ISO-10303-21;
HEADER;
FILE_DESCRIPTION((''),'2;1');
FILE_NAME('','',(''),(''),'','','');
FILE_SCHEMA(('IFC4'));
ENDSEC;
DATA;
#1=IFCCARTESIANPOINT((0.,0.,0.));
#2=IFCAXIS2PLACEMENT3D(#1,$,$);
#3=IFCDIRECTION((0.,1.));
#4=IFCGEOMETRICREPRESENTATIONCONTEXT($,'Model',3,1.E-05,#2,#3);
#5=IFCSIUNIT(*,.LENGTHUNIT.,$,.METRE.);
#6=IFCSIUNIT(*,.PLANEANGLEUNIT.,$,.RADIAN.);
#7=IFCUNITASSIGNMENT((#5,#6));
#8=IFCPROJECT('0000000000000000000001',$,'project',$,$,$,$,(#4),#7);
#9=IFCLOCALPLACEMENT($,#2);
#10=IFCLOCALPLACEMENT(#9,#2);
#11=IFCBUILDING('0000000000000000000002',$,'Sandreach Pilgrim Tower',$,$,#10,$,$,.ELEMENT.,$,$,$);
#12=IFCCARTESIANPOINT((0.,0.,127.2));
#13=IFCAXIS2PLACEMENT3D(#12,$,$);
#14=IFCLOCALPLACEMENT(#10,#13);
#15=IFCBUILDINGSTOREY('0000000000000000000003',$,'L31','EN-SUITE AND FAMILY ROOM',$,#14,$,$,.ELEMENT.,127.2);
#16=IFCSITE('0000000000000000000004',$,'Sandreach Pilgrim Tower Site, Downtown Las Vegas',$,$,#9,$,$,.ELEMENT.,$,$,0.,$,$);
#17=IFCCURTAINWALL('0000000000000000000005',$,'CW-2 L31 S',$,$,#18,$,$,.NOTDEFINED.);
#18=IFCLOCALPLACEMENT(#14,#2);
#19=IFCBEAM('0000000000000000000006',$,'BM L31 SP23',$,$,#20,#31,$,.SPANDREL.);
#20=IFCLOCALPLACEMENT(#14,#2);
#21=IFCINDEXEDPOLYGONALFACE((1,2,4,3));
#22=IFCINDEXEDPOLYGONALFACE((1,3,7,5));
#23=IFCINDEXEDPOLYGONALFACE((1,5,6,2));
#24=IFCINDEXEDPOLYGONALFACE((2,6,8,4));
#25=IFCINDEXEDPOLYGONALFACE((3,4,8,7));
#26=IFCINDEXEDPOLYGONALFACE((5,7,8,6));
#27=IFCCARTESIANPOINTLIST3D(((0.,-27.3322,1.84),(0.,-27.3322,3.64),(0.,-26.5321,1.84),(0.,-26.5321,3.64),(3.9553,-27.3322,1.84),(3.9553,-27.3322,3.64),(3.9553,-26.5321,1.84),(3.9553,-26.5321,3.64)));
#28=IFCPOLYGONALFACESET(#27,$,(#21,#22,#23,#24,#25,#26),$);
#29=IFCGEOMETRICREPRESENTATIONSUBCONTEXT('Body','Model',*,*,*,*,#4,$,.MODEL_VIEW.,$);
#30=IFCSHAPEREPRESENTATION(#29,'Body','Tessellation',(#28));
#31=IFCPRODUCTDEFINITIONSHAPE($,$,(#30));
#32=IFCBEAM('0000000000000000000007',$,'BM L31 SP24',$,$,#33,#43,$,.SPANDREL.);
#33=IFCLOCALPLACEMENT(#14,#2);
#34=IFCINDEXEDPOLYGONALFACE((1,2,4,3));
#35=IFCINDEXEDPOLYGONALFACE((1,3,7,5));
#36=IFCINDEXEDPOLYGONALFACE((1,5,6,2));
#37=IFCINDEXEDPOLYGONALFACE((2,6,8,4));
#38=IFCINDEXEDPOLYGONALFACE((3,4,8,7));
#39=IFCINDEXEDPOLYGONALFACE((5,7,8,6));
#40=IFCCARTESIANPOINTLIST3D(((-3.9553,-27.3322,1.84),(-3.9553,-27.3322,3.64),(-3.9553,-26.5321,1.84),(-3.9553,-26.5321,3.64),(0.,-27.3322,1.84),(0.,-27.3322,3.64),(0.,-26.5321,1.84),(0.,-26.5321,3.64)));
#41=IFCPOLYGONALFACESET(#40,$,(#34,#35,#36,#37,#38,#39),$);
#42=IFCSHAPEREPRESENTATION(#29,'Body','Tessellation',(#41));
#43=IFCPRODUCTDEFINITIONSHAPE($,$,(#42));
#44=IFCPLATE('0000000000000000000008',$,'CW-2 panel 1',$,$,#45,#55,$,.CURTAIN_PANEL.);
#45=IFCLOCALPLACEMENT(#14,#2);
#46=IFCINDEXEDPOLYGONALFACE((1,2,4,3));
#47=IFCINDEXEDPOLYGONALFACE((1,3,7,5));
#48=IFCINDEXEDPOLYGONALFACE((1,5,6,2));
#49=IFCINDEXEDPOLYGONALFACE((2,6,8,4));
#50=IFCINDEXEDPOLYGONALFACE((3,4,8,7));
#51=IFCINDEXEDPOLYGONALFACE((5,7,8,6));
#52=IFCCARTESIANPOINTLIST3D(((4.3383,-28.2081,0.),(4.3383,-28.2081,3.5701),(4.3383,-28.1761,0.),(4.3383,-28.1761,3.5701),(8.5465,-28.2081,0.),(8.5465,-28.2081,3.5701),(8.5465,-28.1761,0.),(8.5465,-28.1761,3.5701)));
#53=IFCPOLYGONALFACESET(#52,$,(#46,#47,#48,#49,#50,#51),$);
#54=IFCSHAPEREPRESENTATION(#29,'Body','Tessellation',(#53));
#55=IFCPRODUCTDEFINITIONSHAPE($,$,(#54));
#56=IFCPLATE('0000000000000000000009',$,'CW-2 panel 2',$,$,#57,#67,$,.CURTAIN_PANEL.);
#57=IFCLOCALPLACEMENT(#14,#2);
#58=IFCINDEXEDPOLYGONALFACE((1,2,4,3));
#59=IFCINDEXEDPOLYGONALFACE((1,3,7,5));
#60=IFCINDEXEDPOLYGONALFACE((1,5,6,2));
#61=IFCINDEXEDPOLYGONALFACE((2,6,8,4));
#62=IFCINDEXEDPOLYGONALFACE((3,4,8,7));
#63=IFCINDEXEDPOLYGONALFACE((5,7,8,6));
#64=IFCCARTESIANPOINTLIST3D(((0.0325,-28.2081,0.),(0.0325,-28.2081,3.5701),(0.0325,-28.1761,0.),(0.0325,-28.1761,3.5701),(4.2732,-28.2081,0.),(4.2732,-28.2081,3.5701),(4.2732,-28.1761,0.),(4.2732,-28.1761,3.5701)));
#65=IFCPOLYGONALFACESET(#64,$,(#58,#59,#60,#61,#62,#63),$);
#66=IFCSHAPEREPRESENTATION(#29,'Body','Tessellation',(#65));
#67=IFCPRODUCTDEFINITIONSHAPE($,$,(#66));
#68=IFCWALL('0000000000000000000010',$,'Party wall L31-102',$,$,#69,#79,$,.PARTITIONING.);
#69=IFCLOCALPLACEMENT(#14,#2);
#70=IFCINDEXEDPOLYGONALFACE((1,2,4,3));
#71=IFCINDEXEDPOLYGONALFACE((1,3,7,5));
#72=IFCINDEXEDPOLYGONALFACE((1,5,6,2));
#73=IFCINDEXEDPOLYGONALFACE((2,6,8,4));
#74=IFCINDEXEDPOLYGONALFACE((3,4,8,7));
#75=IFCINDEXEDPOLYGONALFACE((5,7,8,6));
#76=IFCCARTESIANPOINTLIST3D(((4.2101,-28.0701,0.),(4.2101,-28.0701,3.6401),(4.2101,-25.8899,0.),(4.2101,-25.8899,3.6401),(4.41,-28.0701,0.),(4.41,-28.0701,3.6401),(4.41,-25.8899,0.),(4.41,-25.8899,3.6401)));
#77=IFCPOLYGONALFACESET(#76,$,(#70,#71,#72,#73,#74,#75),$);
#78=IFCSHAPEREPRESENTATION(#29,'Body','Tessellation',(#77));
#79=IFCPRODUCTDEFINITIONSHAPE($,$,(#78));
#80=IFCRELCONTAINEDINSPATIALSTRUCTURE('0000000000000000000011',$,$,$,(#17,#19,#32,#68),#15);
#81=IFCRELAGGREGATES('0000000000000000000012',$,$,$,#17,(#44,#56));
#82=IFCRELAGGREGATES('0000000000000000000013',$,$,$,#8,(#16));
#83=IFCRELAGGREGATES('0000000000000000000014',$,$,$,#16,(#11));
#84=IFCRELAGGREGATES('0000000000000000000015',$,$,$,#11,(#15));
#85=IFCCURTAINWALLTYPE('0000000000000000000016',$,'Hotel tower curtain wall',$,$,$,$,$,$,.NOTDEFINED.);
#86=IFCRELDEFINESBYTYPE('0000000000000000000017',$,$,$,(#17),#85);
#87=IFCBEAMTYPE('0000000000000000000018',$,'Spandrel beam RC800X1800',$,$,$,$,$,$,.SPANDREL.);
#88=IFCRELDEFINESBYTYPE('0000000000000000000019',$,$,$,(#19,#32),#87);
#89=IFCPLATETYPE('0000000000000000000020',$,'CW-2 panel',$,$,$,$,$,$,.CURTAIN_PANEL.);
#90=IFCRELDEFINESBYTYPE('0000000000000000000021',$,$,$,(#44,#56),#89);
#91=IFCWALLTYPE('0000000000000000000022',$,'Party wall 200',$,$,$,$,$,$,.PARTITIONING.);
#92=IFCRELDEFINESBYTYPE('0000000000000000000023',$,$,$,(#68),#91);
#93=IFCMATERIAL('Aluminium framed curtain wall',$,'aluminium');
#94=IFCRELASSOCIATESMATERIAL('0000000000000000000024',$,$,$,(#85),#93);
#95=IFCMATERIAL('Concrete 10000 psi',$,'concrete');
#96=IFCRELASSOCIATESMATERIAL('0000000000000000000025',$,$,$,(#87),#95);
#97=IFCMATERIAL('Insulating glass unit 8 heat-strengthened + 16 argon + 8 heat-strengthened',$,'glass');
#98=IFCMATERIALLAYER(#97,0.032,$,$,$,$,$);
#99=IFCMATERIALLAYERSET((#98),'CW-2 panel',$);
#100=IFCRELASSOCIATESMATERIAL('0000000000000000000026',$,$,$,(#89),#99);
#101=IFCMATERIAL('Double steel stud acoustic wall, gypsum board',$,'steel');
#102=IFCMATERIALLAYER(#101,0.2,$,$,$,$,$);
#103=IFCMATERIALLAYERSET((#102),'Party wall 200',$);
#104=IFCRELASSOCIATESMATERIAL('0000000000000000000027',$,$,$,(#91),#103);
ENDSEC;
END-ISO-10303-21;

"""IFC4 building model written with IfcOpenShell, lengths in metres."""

from ifc_helpers import new_model, si_unit, direction, frame, frame_2d, origin, origin_2d, place, context, subcontext, project, spatial, rectangle, extrude, material, layer, layer_set, material_profile, profile_set, type_object, element, aggregate, save


model = new_model("IFC4")

# Units and contexts
model_context = context("Model", 3, precision=1e-05, world=origin(), true_north=direction((0.0, 1.0)))
body_context = subcontext(model_context, "Body", "Model", "MODEL_VIEW")
ifc_project = project(units=[si_unit("LENGTHUNIT", "METRE"), si_unit("PLANEANGLEUNIT", "RADIAN")], contexts=[model_context])

# Site, building, storey
site_placement = place(None, origin())
site = spatial("IfcSite", under=ifc_project, at=site_placement, Name="Sandreach Pilgrim Tower Site, Downtown Las Vegas", CompositionType="ELEMENT", RefElevation=0.0)
building_placement = place(site_placement, origin())
building = spatial("IfcBuilding", under=site, at=building_placement, Name="Sandreach Pilgrim Tower", CompositionType="ELEMENT")
storey_placement = place(building_placement, frame((0.0, 0.0, 127.2)))
storey = spatial("IfcBuildingStorey", under=building, at=storey_placement, Name="L31", Description="EN-SUITE AND FAMILY ROOM", CompositionType="ELEMENT", Elevation=127.2)

# Curtain wall
ifc_material_1 = material(Name="Aluminium framed curtain wall", Category="aluminium")
curtain_wall_type = type_object("IfcCurtainWallType", Name="Hotel tower curtain wall", PredefinedType="NOTDEFINED", material=ifc_material_1)
curtain_wall_placement = place(storey_placement, origin())
curtain_wall = element("IfcCurtainWall", 1, at=curtain_wall_placement, inside=storey, type_object=curtain_wall_type, Name="CW-2 L31 S", PredefinedType="NOTDEFINED")

# Beams
ifc_material_2 = material(Name="Concrete 10000 psi", Category="concrete")
ifc_material_profile_1 = material_profile(ifc_material_2, rectangle(XDim=0.8, YDim=1.8, at=origin_2d()), Name="RC800X1800")
ifc_profile_set_1 = profile_set([ifc_material_profile_1], Name="Concrete 10000 psi")
beam_type_1 = type_object("IfcBeamType", Name="Spandrel beam RC800X1800", PredefinedType="SPANDREL", material=ifc_profile_set_1)
for number, where, z_axis, x_axis, name in (
    (2, (3.9553, -26.9321, 2.74), (-1.0, 0.0, 0.0), (0.0, -1.0, 0.0), "BM L31 SP23"),
    (3, (0.0, -26.9321, 2.74), (-1.0, 0.0, 0.0), (0.0, -1.0, 0.0), "BM L31 SP24"),
):
    element("IfcBeam", number, at=place(storey_placement, frame(where, z_axis=z_axis, x_axis=x_axis)), inside=storey, type_object=beam_type_1, Name=name, PredefinedType="SPANDREL", context=body_context, shape_type="SweptSolid", body=[
        extrude(rectangle(XDim=0.8, YDim=1.8, at=origin_2d()), origin(), (0.0, 0.0, 1.0), 3.9553),
    ])

# Plates
ifc_material_3 = material(Name="Insulating glass unit 8 heat-strengthened + 16 argon + 8 heat-strengthened", Category="glass")
ifc_layer_1 = layer(ifc_material_3, 0.032)
ifc_layer_set_1 = layer_set([ifc_layer_1], Name="CW-2 panel")
plate_type = type_object("IfcPlateType", Name="CW-2 panel", PredefinedType="CURTAIN_PANEL", material=ifc_layer_set_1)
plate_1_placement = place(storey_placement, frame((6.4424, -28.1921, 0.0), z_axis=(0.0, 0.0, 1.0), x_axis=(-1.0, 0.0, 0.0)))
plate_1 = element("IfcPlate", 4, at=plate_1_placement, type_object=plate_type, Name="CW-2 panel 1", PredefinedType="CURTAIN_PANEL", context=body_context, shape_type="SweptSolid", body=[
    extrude(rectangle(XDim=4.2083, YDim=0.032, at=origin_2d()), origin(), (0.0, 0.0, 1.0), 3.5701),
])
plate_2_placement = place(storey_placement, frame((2.1528, -28.1921, 0.0), z_axis=(0.0, 0.0, 1.0), x_axis=(-1.0, 0.0, 0.0)))
plate_2 = element("IfcPlate", 5, at=plate_2_placement, type_object=plate_type, Name="CW-2 panel 2", PredefinedType="CURTAIN_PANEL", context=body_context, shape_type="SweptSolid", body=[
    extrude(rectangle(XDim=4.2407, YDim=0.032, at=origin_2d()), origin(), (0.0, 0.0, 1.0), 3.5701),
])
aggregate(curtain_wall, [plate_1, plate_2])

# Wall
ifc_material_4 = material(Name="Double steel stud acoustic wall, gypsum board", Category="steel")
ifc_layer_2 = layer(ifc_material_4, 0.2)
ifc_layer_set_2 = layer_set([ifc_layer_2], Name="Party wall 200")
wall_type = type_object("IfcWallType", Name="Party wall 200", PredefinedType="PARTITIONING", material=ifc_layer_set_2)
wall_placement = place(storey_placement, frame((4.3101, -28.0701, 0.0), z_axis=(0.0, 0.0, 1.0), x_axis=(0.0, 1.0, 0.0)))
element("IfcWall", 6, at=wall_placement, inside=storey, type_object=wall_type, Name="Party wall L31-102", PredefinedType="PARTITIONING", context=body_context, shape_type="SweptSolid", body=[
    extrude(rectangle(XDim=2.1802, YDim=0.2, at=frame_2d((1.0901, 0.0))), origin(), (0.0, 0.0, 1.0), 3.6401),
])

save(model, "model.ifc")
